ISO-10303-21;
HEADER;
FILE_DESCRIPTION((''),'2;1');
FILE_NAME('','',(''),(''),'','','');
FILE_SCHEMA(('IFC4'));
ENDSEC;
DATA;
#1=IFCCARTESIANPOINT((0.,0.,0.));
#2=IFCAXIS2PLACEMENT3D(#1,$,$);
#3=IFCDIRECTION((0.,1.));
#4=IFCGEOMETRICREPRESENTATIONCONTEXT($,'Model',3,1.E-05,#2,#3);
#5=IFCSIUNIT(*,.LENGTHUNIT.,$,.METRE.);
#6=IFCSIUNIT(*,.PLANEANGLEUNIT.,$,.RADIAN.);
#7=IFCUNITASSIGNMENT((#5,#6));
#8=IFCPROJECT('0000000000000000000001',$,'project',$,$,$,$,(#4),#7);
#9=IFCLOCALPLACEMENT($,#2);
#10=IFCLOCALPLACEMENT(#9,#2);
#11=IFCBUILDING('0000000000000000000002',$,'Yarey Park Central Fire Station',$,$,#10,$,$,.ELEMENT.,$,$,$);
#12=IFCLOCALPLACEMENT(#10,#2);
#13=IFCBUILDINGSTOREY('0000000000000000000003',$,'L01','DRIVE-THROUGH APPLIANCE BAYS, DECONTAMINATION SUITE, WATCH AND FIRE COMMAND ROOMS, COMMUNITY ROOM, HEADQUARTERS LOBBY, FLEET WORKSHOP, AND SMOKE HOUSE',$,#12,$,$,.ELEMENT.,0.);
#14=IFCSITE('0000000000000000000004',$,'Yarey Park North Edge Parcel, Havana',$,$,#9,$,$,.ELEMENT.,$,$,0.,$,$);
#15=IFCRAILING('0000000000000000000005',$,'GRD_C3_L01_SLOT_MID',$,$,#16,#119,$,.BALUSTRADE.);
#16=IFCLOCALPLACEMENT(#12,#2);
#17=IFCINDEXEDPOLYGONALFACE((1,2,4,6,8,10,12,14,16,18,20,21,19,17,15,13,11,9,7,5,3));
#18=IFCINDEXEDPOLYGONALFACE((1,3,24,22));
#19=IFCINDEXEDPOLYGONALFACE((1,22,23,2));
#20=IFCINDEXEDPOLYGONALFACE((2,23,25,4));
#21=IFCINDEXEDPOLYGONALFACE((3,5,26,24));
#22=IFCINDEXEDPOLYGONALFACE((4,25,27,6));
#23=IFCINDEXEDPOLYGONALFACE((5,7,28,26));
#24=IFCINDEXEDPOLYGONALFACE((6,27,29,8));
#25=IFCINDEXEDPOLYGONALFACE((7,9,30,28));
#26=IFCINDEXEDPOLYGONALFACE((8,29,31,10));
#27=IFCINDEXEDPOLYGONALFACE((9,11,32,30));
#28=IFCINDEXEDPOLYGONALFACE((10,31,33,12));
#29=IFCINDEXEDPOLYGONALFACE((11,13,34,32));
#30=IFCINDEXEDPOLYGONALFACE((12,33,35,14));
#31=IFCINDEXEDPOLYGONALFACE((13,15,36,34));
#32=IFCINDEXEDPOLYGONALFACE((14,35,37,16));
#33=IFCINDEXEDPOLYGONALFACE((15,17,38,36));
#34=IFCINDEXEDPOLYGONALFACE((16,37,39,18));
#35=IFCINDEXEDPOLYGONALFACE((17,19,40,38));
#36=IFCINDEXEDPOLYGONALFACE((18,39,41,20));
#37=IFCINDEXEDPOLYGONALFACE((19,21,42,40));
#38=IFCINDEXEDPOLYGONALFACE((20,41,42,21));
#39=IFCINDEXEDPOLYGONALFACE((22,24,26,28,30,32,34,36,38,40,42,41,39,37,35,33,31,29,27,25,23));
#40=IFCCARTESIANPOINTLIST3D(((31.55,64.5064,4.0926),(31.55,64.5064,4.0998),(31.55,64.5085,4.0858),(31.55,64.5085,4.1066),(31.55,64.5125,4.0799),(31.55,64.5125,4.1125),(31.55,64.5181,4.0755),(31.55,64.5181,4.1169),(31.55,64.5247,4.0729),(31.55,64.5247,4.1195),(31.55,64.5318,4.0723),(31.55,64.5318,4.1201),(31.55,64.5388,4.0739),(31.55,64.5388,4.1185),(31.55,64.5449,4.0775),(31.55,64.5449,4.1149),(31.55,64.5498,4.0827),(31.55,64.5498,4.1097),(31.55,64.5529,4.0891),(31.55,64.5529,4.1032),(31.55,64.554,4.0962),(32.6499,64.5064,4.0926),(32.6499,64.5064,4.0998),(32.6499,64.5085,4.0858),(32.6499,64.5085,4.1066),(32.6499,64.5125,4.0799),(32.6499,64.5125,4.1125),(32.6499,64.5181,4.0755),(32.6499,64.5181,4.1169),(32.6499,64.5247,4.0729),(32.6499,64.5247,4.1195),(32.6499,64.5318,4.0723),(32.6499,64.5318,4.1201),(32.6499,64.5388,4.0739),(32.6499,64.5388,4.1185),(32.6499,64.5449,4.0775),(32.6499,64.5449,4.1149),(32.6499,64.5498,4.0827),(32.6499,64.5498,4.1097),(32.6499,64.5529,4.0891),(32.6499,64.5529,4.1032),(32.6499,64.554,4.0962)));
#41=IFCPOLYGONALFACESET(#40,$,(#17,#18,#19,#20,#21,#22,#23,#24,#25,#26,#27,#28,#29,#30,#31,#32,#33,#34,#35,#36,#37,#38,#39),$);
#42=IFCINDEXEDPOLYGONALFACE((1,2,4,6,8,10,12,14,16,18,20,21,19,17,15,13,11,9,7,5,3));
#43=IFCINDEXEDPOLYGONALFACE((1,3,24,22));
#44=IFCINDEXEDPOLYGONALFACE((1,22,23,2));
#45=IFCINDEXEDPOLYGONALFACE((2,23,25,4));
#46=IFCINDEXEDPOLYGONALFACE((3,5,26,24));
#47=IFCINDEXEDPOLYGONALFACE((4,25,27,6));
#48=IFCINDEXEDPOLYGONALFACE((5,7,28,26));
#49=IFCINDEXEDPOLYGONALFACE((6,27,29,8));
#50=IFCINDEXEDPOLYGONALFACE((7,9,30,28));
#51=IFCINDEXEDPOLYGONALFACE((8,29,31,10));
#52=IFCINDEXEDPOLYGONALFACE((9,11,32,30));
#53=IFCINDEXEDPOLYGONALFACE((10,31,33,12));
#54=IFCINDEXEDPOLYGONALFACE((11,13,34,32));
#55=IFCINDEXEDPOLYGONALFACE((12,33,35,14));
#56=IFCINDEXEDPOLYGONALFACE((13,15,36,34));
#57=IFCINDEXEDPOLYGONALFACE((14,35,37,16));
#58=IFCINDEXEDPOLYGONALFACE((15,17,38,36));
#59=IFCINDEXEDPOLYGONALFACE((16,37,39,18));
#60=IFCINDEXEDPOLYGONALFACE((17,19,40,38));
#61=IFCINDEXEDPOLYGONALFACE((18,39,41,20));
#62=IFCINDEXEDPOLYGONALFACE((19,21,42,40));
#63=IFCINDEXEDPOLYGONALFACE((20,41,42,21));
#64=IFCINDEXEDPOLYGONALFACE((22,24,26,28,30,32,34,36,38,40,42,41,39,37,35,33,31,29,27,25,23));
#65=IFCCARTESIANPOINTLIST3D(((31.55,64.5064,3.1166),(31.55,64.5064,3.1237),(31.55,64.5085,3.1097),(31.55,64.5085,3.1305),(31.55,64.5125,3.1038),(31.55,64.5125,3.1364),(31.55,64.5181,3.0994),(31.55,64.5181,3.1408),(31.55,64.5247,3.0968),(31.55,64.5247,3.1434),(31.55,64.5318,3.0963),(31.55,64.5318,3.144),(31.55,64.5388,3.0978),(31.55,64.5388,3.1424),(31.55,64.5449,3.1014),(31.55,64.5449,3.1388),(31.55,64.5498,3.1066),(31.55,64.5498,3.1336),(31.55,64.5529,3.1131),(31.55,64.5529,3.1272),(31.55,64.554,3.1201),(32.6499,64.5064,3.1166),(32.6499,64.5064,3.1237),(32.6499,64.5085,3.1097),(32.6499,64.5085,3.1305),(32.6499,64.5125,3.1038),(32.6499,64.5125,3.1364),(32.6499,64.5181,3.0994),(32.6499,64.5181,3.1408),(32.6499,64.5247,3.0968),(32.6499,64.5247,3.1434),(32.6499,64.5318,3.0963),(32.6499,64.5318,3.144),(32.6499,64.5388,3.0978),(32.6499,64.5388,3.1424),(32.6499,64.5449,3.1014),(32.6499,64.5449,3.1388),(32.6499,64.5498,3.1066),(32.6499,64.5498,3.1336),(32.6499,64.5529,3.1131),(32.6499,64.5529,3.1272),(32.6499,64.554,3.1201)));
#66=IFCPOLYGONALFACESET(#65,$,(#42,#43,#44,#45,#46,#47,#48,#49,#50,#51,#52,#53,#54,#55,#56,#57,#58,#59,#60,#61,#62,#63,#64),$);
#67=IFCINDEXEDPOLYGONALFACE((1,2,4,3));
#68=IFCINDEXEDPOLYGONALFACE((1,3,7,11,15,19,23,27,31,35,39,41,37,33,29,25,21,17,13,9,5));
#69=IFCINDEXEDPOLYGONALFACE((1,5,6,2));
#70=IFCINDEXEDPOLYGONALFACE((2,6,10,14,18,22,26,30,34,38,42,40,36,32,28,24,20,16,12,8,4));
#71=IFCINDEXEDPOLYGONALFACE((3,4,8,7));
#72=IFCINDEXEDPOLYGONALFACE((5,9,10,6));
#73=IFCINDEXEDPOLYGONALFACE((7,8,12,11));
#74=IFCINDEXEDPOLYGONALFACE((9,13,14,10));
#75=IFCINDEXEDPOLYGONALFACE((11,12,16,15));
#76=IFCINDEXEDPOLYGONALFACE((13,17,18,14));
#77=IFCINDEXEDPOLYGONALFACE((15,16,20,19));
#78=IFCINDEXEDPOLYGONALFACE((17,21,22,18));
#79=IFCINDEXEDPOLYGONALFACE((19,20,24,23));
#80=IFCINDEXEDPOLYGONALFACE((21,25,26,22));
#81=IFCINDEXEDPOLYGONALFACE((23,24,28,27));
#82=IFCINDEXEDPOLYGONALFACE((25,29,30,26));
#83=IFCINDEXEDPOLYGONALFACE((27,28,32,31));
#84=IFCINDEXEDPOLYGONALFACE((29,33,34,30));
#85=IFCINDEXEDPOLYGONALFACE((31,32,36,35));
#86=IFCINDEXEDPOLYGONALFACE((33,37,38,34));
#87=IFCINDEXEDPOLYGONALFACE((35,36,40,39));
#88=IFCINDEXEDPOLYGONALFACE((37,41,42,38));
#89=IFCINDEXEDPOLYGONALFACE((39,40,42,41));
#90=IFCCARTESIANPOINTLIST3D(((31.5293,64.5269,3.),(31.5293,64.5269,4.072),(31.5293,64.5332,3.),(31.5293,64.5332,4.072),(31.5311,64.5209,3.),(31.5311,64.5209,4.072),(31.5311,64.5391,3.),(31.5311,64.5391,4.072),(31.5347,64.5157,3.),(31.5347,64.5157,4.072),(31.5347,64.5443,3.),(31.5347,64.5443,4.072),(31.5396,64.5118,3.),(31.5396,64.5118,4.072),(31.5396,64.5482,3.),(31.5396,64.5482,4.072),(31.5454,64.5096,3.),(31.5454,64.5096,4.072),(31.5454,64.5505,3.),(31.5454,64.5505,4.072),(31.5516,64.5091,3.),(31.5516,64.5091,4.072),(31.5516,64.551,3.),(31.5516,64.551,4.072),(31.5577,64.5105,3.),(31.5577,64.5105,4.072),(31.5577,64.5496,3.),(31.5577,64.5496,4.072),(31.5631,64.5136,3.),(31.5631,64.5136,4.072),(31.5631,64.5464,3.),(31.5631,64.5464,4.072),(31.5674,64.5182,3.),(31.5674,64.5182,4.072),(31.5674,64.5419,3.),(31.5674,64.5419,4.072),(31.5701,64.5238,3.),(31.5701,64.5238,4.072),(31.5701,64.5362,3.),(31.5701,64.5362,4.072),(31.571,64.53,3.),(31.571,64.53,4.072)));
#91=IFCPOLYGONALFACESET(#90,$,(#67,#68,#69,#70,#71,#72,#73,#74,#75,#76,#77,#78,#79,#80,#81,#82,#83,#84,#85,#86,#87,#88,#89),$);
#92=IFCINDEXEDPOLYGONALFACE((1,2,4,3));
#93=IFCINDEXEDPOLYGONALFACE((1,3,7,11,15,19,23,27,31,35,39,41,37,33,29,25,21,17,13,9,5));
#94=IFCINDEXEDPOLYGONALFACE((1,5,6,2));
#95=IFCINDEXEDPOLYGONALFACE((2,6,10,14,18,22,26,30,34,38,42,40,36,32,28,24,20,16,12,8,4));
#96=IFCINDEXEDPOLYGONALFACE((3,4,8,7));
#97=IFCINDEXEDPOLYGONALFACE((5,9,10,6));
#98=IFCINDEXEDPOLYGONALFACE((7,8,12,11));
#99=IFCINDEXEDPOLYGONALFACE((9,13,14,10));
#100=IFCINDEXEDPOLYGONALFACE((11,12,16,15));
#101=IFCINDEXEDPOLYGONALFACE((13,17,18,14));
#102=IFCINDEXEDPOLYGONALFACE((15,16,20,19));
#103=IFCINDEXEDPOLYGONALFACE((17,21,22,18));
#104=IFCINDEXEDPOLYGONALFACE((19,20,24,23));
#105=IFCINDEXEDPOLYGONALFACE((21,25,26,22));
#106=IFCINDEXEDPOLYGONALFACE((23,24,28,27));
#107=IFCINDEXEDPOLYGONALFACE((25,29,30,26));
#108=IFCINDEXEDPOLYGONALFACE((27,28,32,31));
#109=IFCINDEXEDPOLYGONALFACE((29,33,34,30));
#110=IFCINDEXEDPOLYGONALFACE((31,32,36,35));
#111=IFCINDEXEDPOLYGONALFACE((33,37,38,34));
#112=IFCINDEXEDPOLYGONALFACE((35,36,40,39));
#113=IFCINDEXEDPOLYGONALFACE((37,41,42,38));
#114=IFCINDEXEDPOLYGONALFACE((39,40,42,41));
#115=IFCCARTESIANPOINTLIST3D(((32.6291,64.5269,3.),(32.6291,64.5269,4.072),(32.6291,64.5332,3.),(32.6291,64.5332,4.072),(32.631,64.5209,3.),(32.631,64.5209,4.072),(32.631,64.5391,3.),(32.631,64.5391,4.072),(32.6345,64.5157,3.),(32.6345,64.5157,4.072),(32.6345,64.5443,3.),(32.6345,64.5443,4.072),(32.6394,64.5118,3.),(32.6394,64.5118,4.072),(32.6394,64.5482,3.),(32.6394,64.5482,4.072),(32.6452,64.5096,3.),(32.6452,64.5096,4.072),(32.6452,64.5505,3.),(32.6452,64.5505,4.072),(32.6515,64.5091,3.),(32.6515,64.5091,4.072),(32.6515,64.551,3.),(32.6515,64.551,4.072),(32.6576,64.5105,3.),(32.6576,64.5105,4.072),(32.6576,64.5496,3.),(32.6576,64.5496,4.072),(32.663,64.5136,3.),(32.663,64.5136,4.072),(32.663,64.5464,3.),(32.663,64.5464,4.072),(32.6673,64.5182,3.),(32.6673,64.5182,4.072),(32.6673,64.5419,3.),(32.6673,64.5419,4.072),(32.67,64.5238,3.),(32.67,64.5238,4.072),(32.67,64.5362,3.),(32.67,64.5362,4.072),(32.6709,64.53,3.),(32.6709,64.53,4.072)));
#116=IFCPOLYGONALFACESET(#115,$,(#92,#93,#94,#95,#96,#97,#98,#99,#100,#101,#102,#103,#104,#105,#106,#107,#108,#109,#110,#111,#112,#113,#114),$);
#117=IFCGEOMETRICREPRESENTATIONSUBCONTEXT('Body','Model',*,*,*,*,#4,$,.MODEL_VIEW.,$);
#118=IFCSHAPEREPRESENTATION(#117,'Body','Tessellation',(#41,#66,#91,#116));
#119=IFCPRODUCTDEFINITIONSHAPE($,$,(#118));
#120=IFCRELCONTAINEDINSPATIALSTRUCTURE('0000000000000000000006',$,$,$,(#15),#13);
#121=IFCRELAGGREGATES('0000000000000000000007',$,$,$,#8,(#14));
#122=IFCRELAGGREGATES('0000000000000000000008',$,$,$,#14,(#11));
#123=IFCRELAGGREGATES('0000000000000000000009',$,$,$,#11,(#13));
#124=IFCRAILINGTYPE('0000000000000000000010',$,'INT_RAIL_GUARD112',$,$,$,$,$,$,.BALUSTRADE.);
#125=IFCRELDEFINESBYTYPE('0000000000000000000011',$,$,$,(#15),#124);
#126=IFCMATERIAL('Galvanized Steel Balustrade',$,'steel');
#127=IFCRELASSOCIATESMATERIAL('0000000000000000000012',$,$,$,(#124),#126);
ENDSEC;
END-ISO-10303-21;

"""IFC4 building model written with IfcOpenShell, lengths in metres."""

from ifc_helpers import new_model, si_unit, direction, frame, origin, origin_2d, place, context, subcontext, project, spatial, circle, extrude, material, type_object, element, save


model = new_model("IFC4")

# Units and contexts
model_context = context("Model", 3, precision=1e-05, world=origin(), true_north=direction((0.0, 1.0)))
body_context = subcontext(model_context, "Body", "Model", "MODEL_VIEW")
ifc_project = project(units=[si_unit("LENGTHUNIT", "METRE"), si_unit("PLANEANGLEUNIT", "RADIAN")], contexts=[model_context])

# Site, building, storey
site_placement = place(None, origin())
site = spatial("IfcSite", under=ifc_project, at=site_placement, Name="Yarey Park North Edge Parcel, Havana", CompositionType="ELEMENT", RefElevation=0.0)
building_placement = place(site_placement, origin())
building = spatial("IfcBuilding", under=site, at=building_placement, Name="Yarey Park Central Fire Station", CompositionType="ELEMENT")
storey_placement = place(building_placement, origin())
storey = spatial("IfcBuildingStorey", under=building, at=storey_placement, Name="L01", Description="DRIVE-THROUGH APPLIANCE BAYS, DECONTAMINATION SUITE, WATCH AND FIRE COMMAND ROOMS, COMMUNITY ROOM, HEADQUARTERS LOBBY, FLEET WORKSHOP, AND SMOKE HOUSE", CompositionType="ELEMENT", Elevation=0.0)

# Railing
ifc_material_1 = material(Name="Galvanized Steel Balustrade", Category="steel")
railing_type_1 = type_object("IfcRailingType", Name="INT_RAIL_GUARD112", PredefinedType="BALUSTRADE", material=ifc_material_1)
railing_1_placement = place(storey_placement, frame((31.55, 64.53, 3.0)))
element("IfcRailing", 1, at=railing_1_placement, inside=storey, type_object=railing_type_1, Name="GRD_C3_L01_SLOT_MID", PredefinedType="BALUSTRADE", context=body_context, shape_type="SweptSolid", body=[
    extrude(circle(Radius=0.0239, at=origin_2d()), frame((0.0, 0.0, 1.0962), z_axis=(1.0, 0.0, 0.0), x_axis=(0.0, 1.0, 0.0)), (0.0, 0.0, 1.0), 1.0999),
    extrude(circle(Radius=0.0239, at=origin_2d()), frame((0.0, 0.0, 0.1201), z_axis=(1.0, 0.0, 0.0), x_axis=(0.0, 1.0, 0.0)), (0.0, 0.0, 1.0), 1.0999),
    extrude(circle(Radius=0.021, at=origin_2d()), origin(), (0.0, 0.0, 1.0), 1.072),
    extrude(circle(Radius=0.021, at=origin_2d()), frame((1.0999, 0.0, 0.0)), (0.0, 0.0, 1.0), 1.072),
])

save(model, "model.ifc")
